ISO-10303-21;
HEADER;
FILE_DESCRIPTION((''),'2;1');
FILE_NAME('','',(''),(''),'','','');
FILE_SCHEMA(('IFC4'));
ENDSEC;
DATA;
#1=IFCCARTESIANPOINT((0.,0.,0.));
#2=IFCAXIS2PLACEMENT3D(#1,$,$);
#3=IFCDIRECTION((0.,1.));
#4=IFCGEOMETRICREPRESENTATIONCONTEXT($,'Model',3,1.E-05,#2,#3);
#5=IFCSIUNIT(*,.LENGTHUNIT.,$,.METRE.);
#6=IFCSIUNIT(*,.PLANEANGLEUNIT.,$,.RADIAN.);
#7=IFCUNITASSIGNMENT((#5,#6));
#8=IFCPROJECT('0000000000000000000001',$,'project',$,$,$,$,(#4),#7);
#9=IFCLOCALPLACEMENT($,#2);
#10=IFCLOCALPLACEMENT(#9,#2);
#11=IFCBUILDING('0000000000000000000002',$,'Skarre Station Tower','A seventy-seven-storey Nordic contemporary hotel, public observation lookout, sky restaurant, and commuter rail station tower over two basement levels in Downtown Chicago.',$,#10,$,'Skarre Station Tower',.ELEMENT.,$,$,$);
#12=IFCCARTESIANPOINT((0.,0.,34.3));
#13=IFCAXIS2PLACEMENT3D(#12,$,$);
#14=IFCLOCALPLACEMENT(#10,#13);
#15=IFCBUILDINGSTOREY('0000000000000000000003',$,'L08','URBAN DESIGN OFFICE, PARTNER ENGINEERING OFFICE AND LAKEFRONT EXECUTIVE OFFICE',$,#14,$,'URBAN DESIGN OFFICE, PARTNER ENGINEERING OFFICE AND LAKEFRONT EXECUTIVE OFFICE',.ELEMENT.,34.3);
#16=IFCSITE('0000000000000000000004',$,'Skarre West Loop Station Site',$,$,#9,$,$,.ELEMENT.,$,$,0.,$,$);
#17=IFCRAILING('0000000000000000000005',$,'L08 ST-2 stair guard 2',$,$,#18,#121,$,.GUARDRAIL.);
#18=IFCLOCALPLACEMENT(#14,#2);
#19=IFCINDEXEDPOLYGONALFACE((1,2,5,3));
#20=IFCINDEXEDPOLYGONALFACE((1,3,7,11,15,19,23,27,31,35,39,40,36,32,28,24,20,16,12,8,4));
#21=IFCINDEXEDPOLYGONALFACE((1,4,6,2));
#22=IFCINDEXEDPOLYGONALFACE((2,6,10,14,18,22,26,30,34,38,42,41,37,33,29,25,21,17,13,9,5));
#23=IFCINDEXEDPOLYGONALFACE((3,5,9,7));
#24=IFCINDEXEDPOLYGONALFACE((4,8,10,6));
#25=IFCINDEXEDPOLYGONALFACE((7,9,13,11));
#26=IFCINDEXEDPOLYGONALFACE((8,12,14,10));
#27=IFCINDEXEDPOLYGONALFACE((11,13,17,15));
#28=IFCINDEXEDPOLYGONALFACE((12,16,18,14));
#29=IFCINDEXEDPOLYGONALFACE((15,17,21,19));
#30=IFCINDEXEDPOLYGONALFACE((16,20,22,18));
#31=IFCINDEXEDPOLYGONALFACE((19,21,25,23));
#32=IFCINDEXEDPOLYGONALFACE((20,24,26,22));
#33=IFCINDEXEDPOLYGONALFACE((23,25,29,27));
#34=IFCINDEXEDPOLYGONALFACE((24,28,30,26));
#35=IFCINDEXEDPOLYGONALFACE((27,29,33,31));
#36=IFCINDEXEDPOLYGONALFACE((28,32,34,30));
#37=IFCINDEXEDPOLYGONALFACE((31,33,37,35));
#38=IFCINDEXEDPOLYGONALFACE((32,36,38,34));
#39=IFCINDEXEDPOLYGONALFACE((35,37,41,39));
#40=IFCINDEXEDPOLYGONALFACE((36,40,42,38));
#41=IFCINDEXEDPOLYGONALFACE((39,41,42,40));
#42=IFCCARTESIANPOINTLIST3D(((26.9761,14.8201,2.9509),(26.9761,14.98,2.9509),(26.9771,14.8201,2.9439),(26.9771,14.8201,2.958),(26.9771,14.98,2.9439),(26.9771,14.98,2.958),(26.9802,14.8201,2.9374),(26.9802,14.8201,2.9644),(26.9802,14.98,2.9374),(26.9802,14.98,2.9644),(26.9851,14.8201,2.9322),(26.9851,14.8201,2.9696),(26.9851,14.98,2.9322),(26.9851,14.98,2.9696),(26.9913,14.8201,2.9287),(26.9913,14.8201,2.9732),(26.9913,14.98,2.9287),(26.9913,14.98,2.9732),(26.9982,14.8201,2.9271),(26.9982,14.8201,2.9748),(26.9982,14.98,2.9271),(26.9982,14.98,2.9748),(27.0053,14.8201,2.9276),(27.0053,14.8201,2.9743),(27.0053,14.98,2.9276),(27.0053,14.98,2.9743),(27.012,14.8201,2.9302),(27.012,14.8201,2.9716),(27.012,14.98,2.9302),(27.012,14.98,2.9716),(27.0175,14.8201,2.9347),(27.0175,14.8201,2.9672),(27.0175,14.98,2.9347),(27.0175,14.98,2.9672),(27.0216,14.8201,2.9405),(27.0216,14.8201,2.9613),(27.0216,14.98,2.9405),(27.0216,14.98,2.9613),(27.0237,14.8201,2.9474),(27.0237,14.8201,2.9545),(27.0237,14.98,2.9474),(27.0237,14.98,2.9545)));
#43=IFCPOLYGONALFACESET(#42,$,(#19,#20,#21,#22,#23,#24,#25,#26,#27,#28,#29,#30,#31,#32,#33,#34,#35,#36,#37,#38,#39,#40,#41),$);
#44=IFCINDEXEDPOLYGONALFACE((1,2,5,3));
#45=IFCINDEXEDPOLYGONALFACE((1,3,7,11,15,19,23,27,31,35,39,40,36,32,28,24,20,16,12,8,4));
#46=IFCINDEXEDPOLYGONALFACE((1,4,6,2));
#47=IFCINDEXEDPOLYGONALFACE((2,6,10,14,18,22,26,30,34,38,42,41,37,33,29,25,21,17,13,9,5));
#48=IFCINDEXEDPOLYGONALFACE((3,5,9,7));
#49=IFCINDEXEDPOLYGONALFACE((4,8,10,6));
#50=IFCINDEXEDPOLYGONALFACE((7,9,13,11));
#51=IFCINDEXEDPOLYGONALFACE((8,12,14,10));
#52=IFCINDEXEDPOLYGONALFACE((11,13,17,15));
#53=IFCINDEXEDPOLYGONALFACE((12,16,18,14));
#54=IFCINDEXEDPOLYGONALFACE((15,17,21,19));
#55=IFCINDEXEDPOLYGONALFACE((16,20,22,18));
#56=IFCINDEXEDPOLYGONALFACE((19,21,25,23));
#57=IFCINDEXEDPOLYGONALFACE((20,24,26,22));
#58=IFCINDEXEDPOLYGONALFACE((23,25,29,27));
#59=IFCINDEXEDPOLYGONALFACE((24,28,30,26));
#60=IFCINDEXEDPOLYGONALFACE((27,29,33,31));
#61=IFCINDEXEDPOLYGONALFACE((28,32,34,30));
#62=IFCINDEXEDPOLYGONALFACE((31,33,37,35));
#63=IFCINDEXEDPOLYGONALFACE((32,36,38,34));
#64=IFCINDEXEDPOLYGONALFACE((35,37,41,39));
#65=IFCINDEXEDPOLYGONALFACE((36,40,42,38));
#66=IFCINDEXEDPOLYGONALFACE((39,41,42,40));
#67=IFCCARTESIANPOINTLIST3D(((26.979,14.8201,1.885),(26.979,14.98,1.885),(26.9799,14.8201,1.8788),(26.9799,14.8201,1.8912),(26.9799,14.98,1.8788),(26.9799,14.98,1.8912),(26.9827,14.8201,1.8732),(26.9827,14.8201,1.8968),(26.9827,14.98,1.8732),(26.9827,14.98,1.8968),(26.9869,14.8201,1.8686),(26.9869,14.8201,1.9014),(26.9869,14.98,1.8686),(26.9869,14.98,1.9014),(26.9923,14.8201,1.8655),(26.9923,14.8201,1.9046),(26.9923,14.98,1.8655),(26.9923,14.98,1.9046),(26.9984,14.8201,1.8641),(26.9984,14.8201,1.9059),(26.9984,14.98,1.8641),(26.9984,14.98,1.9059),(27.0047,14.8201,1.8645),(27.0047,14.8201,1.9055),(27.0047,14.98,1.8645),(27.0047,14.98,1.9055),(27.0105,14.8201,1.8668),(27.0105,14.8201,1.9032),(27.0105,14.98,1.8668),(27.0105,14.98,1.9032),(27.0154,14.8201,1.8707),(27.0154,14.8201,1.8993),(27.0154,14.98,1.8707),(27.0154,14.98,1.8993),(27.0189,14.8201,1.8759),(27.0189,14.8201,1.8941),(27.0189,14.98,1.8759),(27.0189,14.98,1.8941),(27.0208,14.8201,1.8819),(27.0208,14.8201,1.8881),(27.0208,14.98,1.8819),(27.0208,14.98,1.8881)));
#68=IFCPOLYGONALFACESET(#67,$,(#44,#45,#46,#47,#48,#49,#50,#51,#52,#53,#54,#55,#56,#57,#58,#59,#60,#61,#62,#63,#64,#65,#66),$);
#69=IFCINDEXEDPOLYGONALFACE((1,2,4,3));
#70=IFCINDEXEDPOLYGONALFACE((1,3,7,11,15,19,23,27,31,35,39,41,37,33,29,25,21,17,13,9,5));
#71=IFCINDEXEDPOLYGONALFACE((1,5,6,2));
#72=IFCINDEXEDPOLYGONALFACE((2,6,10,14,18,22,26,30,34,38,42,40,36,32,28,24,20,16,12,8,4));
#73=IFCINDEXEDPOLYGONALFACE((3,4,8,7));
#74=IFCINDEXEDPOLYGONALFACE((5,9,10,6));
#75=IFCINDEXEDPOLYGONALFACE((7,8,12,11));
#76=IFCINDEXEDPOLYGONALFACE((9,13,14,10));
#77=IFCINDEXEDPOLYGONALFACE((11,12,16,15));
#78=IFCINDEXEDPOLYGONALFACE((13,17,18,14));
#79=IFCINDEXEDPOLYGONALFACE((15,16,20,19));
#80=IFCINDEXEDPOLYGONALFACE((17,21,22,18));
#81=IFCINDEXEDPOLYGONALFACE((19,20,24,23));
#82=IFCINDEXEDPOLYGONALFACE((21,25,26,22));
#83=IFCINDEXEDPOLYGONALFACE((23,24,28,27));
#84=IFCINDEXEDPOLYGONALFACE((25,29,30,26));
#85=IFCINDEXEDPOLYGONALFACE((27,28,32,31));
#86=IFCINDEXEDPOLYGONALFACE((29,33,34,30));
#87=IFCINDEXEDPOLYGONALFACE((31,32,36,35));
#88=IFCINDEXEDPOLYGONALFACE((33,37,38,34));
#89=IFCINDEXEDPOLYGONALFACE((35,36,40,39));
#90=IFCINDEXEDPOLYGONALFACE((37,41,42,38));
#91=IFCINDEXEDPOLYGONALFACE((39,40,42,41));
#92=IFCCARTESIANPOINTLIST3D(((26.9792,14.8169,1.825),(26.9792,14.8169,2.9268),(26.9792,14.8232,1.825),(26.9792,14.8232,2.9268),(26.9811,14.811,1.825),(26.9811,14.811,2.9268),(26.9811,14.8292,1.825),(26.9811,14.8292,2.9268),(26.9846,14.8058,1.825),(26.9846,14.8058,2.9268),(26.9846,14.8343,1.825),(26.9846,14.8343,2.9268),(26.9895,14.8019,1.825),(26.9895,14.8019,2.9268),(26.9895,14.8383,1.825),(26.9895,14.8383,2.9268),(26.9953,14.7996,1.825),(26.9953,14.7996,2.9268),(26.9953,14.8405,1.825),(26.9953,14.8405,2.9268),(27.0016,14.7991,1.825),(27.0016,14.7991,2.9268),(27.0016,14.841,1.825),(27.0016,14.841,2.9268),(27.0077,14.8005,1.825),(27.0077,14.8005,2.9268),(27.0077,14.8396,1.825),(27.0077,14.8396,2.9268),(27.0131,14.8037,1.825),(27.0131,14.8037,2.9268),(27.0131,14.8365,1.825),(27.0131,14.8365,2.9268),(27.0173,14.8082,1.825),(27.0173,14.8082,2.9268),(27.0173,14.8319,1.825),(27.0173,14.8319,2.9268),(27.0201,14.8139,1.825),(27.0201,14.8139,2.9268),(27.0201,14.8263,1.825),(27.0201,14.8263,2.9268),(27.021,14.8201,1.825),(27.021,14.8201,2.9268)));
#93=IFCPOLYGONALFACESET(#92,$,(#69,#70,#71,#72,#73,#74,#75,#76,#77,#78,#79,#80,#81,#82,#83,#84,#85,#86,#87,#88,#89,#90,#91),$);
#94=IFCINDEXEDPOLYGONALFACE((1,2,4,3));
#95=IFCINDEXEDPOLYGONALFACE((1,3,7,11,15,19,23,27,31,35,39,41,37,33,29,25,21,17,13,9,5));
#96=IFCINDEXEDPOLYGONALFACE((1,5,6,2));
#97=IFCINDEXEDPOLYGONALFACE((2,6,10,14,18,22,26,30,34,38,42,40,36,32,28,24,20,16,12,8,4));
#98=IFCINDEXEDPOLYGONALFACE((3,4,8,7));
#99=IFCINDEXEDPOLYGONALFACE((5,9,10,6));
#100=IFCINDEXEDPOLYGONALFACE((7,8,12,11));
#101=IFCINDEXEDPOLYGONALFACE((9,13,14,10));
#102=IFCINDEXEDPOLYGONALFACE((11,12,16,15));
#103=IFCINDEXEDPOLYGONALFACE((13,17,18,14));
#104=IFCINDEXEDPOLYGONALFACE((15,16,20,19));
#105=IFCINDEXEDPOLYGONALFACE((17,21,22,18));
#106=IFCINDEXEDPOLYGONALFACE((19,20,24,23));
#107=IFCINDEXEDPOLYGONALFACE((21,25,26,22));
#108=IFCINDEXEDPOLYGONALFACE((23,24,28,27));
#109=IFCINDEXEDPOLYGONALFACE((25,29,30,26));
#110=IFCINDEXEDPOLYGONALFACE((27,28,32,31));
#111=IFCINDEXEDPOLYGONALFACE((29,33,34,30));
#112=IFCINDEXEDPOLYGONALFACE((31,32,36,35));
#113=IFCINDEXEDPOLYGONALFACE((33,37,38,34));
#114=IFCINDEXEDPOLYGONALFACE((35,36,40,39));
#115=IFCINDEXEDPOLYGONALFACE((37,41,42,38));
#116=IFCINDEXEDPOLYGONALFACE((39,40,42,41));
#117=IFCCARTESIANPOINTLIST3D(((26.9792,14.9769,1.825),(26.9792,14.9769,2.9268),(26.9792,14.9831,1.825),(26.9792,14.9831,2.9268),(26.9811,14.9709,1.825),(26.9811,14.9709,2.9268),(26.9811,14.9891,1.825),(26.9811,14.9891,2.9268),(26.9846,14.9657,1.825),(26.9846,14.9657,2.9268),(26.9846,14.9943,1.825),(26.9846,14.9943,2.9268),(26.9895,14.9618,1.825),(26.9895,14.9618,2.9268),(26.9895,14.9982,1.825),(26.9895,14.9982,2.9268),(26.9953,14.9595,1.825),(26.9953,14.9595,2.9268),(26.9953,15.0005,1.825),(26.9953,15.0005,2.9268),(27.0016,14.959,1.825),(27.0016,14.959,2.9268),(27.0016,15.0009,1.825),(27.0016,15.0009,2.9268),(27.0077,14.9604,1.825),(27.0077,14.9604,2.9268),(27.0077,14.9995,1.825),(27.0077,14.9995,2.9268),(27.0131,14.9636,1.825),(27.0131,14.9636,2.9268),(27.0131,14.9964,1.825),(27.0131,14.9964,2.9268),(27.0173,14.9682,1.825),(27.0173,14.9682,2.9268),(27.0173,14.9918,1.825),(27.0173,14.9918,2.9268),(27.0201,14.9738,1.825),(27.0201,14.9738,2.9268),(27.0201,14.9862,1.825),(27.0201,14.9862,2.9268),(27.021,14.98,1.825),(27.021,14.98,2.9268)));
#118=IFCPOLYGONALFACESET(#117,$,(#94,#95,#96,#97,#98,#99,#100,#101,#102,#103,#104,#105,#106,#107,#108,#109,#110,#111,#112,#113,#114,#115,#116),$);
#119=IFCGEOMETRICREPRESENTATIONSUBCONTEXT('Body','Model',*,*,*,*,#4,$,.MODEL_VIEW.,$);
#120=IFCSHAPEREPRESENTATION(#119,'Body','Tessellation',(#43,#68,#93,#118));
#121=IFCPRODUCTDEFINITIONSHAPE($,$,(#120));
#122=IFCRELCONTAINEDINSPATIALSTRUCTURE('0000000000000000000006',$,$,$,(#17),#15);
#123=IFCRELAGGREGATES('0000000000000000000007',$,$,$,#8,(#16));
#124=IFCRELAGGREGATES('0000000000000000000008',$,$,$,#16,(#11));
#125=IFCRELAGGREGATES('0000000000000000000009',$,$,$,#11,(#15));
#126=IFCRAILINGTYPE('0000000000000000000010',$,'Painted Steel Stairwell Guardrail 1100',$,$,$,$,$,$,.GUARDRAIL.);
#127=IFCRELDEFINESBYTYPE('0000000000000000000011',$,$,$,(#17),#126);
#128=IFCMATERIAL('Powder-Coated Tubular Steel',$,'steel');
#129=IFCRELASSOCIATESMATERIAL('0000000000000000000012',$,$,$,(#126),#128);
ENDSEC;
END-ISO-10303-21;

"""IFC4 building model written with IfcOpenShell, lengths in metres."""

from ifc_helpers import new_model, si_unit, direction, frame, origin, origin_2d, place, context, subcontext, project, spatial, circle, extrude, material, type_object, element, save


model = new_model("IFC4")

# Units and contexts
model_context = context("Model", 3, precision=1e-05, world=origin(), true_north=direction((0.0, 1.0)))
body_context = subcontext(model_context, "Body", "Model", "MODEL_VIEW")
ifc_project = project(units=[si_unit("LENGTHUNIT", "METRE"), si_unit("PLANEANGLEUNIT", "RADIAN")], contexts=[model_context])

# Site, building, storey
site_placement = place(None, origin())
site = spatial("IfcSite", under=ifc_project, at=site_placement, Name="Skarre West Loop Station Site", CompositionType="ELEMENT", RefElevation=0.0)
building_placement = place(site_placement, origin())
building = spatial("IfcBuilding", under=site, at=building_placement, Name="Skarre Station Tower", Description="A seventy-seven-storey Nordic contemporary hotel, public observation lookout, sky restaurant, and commuter rail station tower over two basement levels in Downtown Chicago.", LongName="Skarre Station Tower", CompositionType="ELEMENT")
storey_placement = place(building_placement, frame((0.0, 0.0, 34.3)))
storey = spatial("IfcBuildingStorey", under=building, at=storey_placement, Name="L08", Description="URBAN DESIGN OFFICE, PARTNER ENGINEERING OFFICE AND LAKEFRONT EXECUTIVE OFFICE", LongName="URBAN DESIGN OFFICE, PARTNER ENGINEERING OFFICE AND LAKEFRONT EXECUTIVE OFFICE", CompositionType="ELEMENT", Elevation=34.3)

# Railing
ifc_material_1 = material(Name="Powder-Coated Tubular Steel", Category="steel")
railing_type_1 = type_object("IfcRailingType", Name="Painted Steel Stairwell Guardrail 1100", PredefinedType="GUARDRAIL", material=ifc_material_1)
railing_1_placement = place(storey_placement, frame((27.0, 14.8201, 1.825)))
element("IfcRailing", 1, at=railing_1_placement, inside=storey, type_object=railing_type_1, Name="L08 ST-2 stair guard 2", PredefinedType="GUARDRAIL", context=body_context, shape_type="SweptSolid", body=[
    extrude(circle(Radius=0.0239, at=origin_2d()), frame((0.0, 0.0, 1.126), z_axis=(0.0, 1.0, 0.0), x_axis=(-1.0, 0.0, 0.0)), (0.0, 0.0, 1.0), 0.1599),
    extrude(circle(Radius=0.021, at=origin_2d()), frame((0.0, 0.0, 0.0601), z_axis=(0.0, 1.0, 0.0), x_axis=(-1.0, 0.0, 0.0)), (0.0, 0.0, 1.0), 0.1599),
    extrude(circle(Radius=0.021, at=origin_2d()), origin(), (0.0, 0.0, 1.0), 1.1018),
    extrude(circle(Radius=0.021, at=origin_2d()), frame((0.0, 0.1599, 0.0)), (0.0, 0.0, 1.0), 1.1018),
])

save(model, "model.ifc")
